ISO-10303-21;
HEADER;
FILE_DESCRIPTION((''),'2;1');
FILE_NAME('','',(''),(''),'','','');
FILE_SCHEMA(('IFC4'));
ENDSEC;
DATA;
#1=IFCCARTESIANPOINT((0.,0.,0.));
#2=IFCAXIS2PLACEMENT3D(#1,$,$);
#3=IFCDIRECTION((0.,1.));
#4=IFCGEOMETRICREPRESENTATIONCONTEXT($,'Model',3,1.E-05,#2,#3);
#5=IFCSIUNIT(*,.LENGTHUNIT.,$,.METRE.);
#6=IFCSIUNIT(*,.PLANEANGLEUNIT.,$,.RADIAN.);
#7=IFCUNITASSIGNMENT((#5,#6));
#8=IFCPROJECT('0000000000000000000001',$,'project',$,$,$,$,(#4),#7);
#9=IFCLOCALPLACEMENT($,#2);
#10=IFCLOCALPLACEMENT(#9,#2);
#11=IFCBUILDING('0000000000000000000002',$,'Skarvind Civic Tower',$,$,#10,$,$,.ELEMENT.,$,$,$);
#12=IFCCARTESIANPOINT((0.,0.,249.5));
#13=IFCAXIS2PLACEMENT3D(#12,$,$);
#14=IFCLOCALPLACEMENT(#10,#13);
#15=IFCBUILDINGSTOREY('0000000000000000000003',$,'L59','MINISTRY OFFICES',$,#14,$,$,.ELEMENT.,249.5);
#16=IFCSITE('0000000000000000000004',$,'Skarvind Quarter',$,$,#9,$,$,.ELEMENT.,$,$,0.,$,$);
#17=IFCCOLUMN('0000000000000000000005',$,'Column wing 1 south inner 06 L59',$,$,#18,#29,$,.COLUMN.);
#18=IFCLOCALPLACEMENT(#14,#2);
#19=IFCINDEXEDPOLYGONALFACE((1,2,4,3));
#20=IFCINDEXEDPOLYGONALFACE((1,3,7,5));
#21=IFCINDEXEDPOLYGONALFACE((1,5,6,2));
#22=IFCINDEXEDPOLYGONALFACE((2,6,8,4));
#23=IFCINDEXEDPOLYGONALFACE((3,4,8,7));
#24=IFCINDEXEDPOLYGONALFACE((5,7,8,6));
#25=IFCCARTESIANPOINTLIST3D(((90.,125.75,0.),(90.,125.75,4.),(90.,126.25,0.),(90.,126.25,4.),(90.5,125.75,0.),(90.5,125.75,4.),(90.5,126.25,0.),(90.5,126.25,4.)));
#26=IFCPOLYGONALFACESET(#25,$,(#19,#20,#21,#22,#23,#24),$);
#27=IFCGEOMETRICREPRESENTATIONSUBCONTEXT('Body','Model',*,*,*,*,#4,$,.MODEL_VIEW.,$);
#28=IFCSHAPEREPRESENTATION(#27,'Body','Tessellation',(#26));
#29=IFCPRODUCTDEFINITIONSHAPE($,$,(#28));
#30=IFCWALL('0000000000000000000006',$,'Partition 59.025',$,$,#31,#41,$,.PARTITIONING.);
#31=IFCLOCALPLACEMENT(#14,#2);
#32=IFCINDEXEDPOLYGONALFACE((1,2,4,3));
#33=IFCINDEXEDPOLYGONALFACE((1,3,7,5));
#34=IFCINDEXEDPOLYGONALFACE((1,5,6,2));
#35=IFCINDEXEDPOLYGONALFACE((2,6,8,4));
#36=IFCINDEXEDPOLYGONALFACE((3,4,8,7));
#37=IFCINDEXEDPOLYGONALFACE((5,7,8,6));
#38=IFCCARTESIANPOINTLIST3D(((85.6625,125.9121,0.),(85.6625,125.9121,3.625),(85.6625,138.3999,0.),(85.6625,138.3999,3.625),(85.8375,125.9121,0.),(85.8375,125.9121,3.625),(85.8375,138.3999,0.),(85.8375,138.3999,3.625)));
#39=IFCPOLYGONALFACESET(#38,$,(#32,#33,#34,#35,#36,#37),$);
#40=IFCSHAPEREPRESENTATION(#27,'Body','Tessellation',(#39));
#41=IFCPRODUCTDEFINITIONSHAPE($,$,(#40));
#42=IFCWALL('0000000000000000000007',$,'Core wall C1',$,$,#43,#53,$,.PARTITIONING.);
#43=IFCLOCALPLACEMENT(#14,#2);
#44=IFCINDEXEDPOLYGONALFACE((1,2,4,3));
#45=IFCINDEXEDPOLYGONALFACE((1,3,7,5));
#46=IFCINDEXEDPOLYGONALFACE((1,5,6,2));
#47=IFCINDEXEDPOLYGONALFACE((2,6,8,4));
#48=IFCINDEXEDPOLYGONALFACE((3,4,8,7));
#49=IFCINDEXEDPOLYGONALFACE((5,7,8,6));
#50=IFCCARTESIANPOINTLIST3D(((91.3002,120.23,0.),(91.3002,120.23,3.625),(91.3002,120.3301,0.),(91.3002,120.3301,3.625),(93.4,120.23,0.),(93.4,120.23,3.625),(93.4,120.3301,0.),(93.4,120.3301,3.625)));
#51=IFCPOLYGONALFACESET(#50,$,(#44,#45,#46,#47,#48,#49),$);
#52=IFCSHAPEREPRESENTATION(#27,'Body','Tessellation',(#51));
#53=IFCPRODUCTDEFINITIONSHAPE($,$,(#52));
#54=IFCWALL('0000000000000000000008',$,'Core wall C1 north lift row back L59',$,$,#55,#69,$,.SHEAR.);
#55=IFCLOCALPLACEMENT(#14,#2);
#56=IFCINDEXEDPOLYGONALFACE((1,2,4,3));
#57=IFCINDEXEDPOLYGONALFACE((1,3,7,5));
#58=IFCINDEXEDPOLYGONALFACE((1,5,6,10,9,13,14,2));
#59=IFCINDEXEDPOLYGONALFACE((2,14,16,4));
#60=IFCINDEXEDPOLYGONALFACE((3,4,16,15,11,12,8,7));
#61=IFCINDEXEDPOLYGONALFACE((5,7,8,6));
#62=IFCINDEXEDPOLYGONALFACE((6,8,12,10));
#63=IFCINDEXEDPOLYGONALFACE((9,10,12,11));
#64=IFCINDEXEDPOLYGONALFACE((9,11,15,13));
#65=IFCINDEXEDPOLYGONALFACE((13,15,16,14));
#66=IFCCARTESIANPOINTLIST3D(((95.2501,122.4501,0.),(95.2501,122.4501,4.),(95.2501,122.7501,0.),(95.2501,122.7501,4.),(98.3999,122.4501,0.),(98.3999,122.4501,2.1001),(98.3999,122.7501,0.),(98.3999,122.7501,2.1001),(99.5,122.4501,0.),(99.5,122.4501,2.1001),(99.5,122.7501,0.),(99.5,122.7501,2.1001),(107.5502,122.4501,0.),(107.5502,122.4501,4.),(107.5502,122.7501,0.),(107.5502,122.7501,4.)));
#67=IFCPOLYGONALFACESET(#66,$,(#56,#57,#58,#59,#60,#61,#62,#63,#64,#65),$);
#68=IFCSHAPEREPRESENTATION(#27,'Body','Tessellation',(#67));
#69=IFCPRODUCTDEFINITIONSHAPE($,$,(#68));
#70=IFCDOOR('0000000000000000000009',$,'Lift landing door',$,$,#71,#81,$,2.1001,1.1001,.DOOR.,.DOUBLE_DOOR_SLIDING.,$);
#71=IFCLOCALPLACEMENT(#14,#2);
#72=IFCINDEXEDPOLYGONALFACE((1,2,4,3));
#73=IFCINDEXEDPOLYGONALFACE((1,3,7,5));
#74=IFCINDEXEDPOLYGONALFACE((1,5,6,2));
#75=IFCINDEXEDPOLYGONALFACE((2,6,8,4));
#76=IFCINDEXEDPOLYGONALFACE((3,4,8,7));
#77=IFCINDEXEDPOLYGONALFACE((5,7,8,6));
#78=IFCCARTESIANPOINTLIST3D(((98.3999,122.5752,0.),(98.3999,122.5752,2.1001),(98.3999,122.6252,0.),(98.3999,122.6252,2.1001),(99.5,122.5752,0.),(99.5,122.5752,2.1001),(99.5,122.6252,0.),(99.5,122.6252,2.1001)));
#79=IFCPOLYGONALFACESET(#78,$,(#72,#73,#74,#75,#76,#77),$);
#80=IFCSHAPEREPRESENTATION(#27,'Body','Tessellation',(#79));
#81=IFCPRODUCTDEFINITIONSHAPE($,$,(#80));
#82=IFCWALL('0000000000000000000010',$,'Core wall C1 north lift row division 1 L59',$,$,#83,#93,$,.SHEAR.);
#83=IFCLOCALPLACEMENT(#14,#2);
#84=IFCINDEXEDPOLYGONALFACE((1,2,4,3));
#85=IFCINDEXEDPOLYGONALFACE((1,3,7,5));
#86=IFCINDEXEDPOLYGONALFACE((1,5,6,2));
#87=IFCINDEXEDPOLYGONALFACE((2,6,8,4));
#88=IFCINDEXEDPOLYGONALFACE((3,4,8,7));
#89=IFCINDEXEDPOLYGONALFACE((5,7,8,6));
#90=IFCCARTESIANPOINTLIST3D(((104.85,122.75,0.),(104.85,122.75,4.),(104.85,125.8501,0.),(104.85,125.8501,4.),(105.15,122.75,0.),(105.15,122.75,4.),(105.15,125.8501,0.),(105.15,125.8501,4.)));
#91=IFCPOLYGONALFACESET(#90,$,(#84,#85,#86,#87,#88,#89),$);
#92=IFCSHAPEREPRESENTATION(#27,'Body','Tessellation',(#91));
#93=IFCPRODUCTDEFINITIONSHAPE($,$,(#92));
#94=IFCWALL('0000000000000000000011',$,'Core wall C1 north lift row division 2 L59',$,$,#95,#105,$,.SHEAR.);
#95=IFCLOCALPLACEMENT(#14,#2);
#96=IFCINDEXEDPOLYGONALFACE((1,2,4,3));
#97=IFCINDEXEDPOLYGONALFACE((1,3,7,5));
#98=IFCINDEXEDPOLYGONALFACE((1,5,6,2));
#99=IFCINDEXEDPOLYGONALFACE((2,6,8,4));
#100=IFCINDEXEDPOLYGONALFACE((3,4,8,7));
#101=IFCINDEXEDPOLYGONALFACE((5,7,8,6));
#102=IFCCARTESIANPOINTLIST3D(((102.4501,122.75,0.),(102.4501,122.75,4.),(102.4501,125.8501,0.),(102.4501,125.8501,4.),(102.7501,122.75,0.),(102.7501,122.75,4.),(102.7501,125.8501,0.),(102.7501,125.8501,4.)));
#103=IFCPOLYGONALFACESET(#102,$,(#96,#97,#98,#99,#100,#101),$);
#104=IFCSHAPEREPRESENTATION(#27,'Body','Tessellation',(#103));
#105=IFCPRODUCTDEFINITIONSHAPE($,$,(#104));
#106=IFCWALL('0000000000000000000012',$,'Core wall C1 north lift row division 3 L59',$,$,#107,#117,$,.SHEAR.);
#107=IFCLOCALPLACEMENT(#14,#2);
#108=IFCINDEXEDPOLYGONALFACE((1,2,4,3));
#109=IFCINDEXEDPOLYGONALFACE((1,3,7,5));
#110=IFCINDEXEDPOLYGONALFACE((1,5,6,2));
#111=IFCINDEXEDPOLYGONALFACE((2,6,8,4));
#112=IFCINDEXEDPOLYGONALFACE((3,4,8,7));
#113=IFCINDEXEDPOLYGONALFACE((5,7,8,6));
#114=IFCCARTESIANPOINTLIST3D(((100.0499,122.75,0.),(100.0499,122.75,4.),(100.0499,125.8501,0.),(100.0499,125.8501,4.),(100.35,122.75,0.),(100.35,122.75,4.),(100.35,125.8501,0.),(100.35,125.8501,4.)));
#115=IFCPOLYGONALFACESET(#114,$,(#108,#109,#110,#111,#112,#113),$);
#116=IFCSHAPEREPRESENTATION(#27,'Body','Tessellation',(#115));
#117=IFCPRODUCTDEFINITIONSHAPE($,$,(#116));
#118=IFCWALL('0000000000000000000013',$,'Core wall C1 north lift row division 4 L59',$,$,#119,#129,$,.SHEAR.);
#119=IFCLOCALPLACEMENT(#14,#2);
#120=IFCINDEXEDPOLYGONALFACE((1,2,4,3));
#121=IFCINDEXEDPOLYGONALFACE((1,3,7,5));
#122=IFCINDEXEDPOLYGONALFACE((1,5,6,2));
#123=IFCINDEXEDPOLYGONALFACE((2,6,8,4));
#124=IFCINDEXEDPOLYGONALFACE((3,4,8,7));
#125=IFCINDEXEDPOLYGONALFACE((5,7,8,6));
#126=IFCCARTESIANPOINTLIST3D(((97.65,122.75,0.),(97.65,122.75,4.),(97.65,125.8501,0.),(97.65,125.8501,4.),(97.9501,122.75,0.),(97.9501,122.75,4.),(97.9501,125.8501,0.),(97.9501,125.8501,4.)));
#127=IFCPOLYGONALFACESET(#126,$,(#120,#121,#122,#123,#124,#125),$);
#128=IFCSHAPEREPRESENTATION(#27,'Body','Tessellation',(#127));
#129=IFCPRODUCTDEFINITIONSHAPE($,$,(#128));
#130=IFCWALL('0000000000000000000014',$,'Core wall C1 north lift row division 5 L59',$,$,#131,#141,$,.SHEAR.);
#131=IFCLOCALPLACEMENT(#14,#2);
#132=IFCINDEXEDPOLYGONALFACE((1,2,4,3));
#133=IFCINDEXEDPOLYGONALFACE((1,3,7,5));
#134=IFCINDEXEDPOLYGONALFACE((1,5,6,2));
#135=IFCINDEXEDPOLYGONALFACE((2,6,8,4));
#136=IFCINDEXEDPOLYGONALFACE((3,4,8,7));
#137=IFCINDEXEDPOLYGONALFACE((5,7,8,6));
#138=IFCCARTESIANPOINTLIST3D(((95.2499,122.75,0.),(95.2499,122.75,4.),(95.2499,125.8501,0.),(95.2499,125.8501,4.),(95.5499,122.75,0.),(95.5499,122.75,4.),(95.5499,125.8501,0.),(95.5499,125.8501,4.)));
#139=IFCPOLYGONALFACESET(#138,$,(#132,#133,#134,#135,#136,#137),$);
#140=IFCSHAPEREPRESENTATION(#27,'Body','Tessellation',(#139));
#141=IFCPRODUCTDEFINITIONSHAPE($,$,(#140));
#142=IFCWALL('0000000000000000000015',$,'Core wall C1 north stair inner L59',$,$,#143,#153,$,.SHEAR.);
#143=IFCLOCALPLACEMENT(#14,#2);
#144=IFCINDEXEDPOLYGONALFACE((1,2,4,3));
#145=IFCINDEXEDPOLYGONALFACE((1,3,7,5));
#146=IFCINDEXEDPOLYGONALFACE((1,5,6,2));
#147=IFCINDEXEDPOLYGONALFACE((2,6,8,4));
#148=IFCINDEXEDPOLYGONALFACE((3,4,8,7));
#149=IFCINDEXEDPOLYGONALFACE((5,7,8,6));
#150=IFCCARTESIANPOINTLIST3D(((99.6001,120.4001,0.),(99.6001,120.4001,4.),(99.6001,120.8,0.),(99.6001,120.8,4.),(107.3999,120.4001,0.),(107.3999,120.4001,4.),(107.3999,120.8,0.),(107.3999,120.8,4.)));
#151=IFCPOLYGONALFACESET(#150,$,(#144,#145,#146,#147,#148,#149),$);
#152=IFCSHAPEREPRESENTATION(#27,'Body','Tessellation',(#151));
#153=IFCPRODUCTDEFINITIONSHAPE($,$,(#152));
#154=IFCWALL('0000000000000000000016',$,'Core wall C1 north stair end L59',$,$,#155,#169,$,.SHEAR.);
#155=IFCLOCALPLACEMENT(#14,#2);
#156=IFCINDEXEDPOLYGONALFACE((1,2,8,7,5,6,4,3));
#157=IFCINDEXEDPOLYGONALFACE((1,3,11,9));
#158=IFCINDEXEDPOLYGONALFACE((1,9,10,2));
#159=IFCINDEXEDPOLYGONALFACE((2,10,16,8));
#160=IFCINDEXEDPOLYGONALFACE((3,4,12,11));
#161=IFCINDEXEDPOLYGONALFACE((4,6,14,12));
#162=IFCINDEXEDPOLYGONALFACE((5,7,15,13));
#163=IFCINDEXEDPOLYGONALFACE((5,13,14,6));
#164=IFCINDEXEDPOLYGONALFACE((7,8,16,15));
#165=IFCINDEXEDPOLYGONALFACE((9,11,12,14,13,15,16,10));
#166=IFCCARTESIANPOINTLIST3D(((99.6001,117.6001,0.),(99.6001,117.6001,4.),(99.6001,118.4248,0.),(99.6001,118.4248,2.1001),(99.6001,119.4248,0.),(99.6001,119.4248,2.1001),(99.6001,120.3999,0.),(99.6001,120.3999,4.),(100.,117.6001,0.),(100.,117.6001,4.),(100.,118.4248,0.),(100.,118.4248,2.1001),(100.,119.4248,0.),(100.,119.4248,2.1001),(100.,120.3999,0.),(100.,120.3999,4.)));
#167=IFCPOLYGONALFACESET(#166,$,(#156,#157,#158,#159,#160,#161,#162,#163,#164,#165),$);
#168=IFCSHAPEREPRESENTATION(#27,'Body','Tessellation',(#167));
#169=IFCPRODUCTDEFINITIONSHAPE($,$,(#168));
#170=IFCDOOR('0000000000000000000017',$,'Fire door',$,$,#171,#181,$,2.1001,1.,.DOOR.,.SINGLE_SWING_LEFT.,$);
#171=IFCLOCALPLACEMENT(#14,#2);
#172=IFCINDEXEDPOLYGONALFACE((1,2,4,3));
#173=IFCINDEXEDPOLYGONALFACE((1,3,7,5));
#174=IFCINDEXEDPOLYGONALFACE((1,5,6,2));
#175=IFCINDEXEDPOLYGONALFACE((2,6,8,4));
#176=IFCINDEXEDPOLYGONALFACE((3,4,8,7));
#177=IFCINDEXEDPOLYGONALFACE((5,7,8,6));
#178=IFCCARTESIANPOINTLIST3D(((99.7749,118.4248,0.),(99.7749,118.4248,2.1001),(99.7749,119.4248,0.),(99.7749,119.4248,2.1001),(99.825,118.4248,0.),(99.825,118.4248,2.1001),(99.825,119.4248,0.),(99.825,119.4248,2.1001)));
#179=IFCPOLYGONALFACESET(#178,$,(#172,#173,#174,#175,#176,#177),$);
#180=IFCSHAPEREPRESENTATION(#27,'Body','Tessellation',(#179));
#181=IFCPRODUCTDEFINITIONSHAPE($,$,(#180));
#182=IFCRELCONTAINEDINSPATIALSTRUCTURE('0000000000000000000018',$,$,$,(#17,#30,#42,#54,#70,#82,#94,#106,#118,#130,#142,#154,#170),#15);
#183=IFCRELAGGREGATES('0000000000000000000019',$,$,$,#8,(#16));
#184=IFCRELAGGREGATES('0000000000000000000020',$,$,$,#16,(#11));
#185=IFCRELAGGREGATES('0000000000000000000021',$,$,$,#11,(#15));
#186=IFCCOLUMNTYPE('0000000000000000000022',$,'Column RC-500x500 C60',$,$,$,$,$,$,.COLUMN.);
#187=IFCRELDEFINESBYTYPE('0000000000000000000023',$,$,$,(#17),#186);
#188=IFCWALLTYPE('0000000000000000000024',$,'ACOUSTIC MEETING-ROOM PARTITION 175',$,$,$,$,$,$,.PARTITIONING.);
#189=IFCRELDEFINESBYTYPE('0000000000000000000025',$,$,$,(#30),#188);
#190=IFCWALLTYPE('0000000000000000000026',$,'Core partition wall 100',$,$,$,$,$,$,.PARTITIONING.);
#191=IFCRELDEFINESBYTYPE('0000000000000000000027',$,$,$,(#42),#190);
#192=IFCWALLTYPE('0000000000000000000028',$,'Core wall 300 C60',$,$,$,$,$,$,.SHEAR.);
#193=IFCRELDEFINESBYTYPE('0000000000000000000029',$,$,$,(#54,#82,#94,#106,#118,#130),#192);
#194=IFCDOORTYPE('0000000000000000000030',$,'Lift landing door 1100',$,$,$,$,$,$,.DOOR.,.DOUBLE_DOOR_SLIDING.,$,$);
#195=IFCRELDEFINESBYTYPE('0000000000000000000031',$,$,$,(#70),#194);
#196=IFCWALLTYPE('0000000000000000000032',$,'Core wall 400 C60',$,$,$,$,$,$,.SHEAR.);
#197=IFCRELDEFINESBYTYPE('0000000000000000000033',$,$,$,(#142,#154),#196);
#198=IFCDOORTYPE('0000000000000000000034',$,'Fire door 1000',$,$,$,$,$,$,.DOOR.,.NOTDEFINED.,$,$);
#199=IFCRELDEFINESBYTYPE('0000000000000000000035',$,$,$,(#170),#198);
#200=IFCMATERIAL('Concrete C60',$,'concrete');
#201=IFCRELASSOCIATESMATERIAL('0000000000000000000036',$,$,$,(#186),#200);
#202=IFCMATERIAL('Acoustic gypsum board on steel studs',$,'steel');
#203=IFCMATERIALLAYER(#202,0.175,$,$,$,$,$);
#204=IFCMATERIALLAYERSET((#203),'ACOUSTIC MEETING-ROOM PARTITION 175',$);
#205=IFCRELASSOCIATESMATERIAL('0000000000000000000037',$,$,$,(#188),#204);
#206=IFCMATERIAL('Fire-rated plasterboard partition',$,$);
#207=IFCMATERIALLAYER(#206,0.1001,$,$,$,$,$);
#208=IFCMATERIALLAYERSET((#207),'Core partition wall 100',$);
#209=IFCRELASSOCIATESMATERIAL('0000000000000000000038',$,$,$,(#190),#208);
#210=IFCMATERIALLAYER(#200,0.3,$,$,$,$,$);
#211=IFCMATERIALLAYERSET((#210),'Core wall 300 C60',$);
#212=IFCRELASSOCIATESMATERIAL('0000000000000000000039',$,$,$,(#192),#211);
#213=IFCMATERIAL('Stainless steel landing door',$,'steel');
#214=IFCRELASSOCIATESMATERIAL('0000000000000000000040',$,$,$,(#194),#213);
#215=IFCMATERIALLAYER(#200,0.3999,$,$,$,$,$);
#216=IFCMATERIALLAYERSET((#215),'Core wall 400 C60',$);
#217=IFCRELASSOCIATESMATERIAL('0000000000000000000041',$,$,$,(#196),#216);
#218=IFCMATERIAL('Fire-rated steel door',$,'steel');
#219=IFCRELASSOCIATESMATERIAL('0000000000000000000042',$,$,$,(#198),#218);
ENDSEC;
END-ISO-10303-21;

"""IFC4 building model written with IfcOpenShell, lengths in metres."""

from ifc_helpers import new_model, si_unit, direction, frame, frame_2d, origin, origin_2d, place, context, subcontext, project, spatial, rectangle, extrude, material, layer, layer_set, material_profile, profile_set, type_object, element, fill, save


model = new_model("IFC4")

# Units and contexts
model_context = context("Model", 3, precision=1e-05, world=origin(), true_north=direction((0.0, 1.0)))
body_context = subcontext(model_context, "Body", "Model", "MODEL_VIEW")
ifc_project = project(units=[si_unit("LENGTHUNIT", "METRE"), si_unit("PLANEANGLEUNIT", "RADIAN")], contexts=[model_context])

# Site, building, storey
site_placement = place(None, origin())
site = spatial("IfcSite", under=ifc_project, at=site_placement, Name="Skarvind Quarter", CompositionType="ELEMENT", RefElevation=0.0)
building_placement = place(site_placement, origin())
building = spatial("IfcBuilding", under=site, at=building_placement, Name="Skarvind Civic Tower", CompositionType="ELEMENT")
storey_placement = place(building_placement, frame((0.0, 0.0, 249.5)))
storey = spatial("IfcBuildingStorey", under=building, at=storey_placement, Name="L59", Description="MINISTRY OFFICES", CompositionType="ELEMENT", Elevation=249.5)

# Column
ifc_material_1 = material(Name="Concrete C60", Category="concrete")
ifc_material_profile = material_profile(ifc_material_1, rectangle(XDim=0.5, YDim=0.5, at=origin_2d()), Name="RC-500x500")
ifc_profile_set = profile_set([ifc_material_profile], Name="Concrete C60")
column_type = type_object("IfcColumnType", Name="Column RC-500x500 C60", PredefinedType="COLUMN", material=ifc_profile_set)
column_placement = place(storey_placement, frame((90.25, 126.0, 0.0), z_axis=(0.0, 0.0, 1.0), x_axis=(1.0, 0.0, 0.0)))
element("IfcColumn", 1, at=column_placement, inside=storey, type_object=column_type, Name="Column wing 1 south inner 06 L59", PredefinedType="COLUMN", context=body_context, shape_type="SweptSolid", body=[
    extrude(rectangle(XDim=0.5, YDim=0.5, at=origin_2d()), origin(), (0.0, 0.0, 1.0), 4.0),
])

# Walls
ifc_material_2 = material(Name="Acoustic gypsum board on steel studs", Category="steel")
ifc_layer_1 = layer(ifc_material_2, 0.175)
ifc_layer_set_1 = layer_set([ifc_layer_1], Name="ACOUSTIC MEETING-ROOM PARTITION 175")
wall_type_1 = type_object("IfcWallType", Name="ACOUSTIC MEETING-ROOM PARTITION 175", PredefinedType="PARTITIONING", material=ifc_layer_set_1)
wall_1_placement = place(storey_placement, frame((85.75, 125.9121, 0.0), z_axis=(0.0, 0.0, 1.0), x_axis=(0.0, 1.0, 0.0)))
element("IfcWall", 2, at=wall_1_placement, inside=storey, type_object=wall_type_1, Name="Partition 59.025", PredefinedType="PARTITIONING", context=body_context, shape_type="SweptSolid", body=[
    extrude(rectangle(XDim=12.4878, YDim=0.175, at=frame_2d((6.2439, 0.0))), origin(), (0.0, 0.0, 1.0), 3.625),
])
ifc_material_3 = material(Name="Fire-rated plasterboard partition")
ifc_layer_2 = layer(ifc_material_3, 0.1001)
ifc_layer_set_2 = layer_set([ifc_layer_2], Name="Core partition wall 100")
wall_type_2 = type_object("IfcWallType", Name="Core partition wall 100", PredefinedType="PARTITIONING", material=ifc_layer_set_2)
wall_2_placement = place(storey_placement, frame((93.3999, 120.28, 0.0), z_axis=(0.0, 0.0, 1.0), x_axis=(-1.0, 0.0, 0.0)))
element("IfcWall", 3, at=wall_2_placement, inside=storey, type_object=wall_type_2, Name="Core wall C1", PredefinedType="PARTITIONING", context=body_context, shape_type="SweptSolid", body=[
    extrude(rectangle(XDim=2.0999, YDim=0.1001, at=frame_2d((1.0498, 0.0))), origin(), (0.0, 0.0, 1.0), 3.625),
])

# Wall, opening, door
ifc_layer_3 = layer(ifc_material_1, 0.3)
ifc_layer_set_3 = layer_set([ifc_layer_3], Name="Core wall 300 C60")
wall_type_3 = type_object("IfcWallType", Name="Core wall 300 C60", PredefinedType="SHEAR", material=ifc_layer_set_3)
wall_3_placement = place(storey_placement, frame((107.55, 122.6001, 0.0), z_axis=(0.0, 0.0, 1.0), x_axis=(-1.0, 0.0, 0.0)))
wall_3 = element("IfcWall", 4, at=wall_3_placement, inside=storey, type_object=wall_type_3, Name="Core wall C1 north lift row back L59", PredefinedType="SHEAR", context=body_context, shape_type="SweptSolid", body=[
    extrude(rectangle(XDim=12.3, YDim=0.3, at=frame_2d((6.1499, 0.0))), origin(), (0.0, 0.0, 1.0), 4.0),
])
opening_1_placement = place(wall_3_placement, frame((8.05, 0.0, 0.0)))
opening_1 = element("IfcOpeningElement", 5, at=opening_1_placement, cuts=wall_3, PredefinedType="OPENING", context=body_context, shape_type="SweptSolid", body=[
    extrude(rectangle(XDim=1.1001, YDim=2.1001, at=frame_2d((0.55, 1.05))), frame((0.0, 0.1599, 0.0), z_axis=(0.0, -1.0, 0.0), x_axis=(1.0, 0.0, 0.0)), (0.0, 0.0, 1.0), 0.3201),
])
ifc_material_4 = material(Name="Stainless steel landing door", Category="steel")
door_type_1 = type_object("IfcDoorType", Name="Lift landing door 1100", OperationType="DOUBLE_DOOR_SLIDING", PredefinedType="DOOR", material=ifc_material_4)
door_1_placement = place(opening_1_placement, origin())
door_1 = element("IfcDoor", 6, at=door_1_placement, inside=storey, type_object=door_type_1, Name="Lift landing door", OperationType="DOUBLE_DOOR_SLIDING", OverallHeight=2.1001, OverallWidth=1.1001, PredefinedType="DOOR", context=body_context, shape_type="SweptSolid", body=[
    extrude(rectangle(XDim=1.1001, YDim=2.1001, at=frame_2d((0.55, 1.05))), frame((0.0, 0.0249, 0.0), z_axis=(0.0, -1.0, 0.0), x_axis=(1.0, 0.0, 0.0)), (0.0, 0.0, 1.0), 0.05),
])
fill(opening_1, door_1)

# Walls
for number, where, z_axis, x_axis, name in (
    (7, (105.0, 125.8501, 0.0), (0.0, 0.0, 1.0), (0.0, -1.0, 0.0), "Core wall C1 north lift row division 1 L59"),
    (8, (102.6001, 125.8501, 0.0), (0.0, 0.0, 1.0), (0.0, -1.0, 0.0), "Core wall C1 north lift row division 2 L59"),
    (9, (100.2, 125.8501, 0.0), (0.0, 0.0, 1.0), (0.0, -1.0, 0.0), "Core wall C1 north lift row division 3 L59"),
    (10, (97.8, 125.8501, 0.0), (0.0, 0.0, 1.0), (0.0, -1.0, 0.0), "Core wall C1 north lift row division 4 L59"),
    (11, (95.3999, 125.8501, 0.0), (0.0, 0.0, 1.0), (0.0, -1.0, 0.0), "Core wall C1 north lift row division 5 L59"),
):
    element("IfcWall", number, at=place(storey_placement, frame(where, z_axis=z_axis, x_axis=x_axis)), inside=storey, type_object=wall_type_3, Name=name, PredefinedType="SHEAR", context=body_context, shape_type="SweptSolid", body=[
        extrude(rectangle(XDim=3.1001, YDim=0.3, at=frame_2d((1.55, 0.0))), origin(), (0.0, 0.0, 1.0), 4.0),
    ])
ifc_layer_4 = layer(ifc_material_1, 0.3999)
ifc_layer_set_4 = layer_set([ifc_layer_4], Name="Core wall 400 C60")
wall_type_4 = type_object("IfcWallType", Name="Core wall 400 C60", PredefinedType="SHEAR", material=ifc_layer_set_4)
wall_4_placement = place(storey_placement, frame((107.3999, 120.6001, 0.0), z_axis=(0.0, 0.0, 1.0), x_axis=(-1.0, 0.0, 0.0)))
element("IfcWall", 12, at=wall_4_placement, inside=storey, type_object=wall_type_4, Name="Core wall C1 north stair inner L59", PredefinedType="SHEAR", context=body_context, shape_type="SweptSolid", body=[
    extrude(rectangle(XDim=7.7998, YDim=0.3999, at=frame_2d((3.8999, 0.0))), origin(), (0.0, 0.0, 1.0), 4.0),
])

# Wall, opening, door
wall_5_placement = place(storey_placement, frame((99.8, 120.3999, 0.0), z_axis=(0.0, 0.0, 1.0), x_axis=(0.0, -1.0, 0.0)))
wall_5 = element("IfcWall", 13, at=wall_5_placement, inside=storey, type_object=wall_type_4, Name="Core wall C1 north stair end L59", PredefinedType="SHEAR", context=body_context, shape_type="SweptSolid", body=[
    extrude(rectangle(XDim=2.7998, YDim=0.3999, at=frame_2d((1.3999, 0.0))), origin(), (0.0, 0.0, 1.0), 4.0),
])
opening_2_placement = place(wall_5_placement, frame((0.9751, 0.0, 0.0)))
opening_2 = element("IfcOpeningElement", 14, at=opening_2_placement, cuts=wall_5, PredefinedType="OPENING", context=body_context, shape_type="SweptSolid", body=[
    extrude(rectangle(XDim=1.0, YDim=2.1001, at=frame_2d((0.5, 1.05))), frame((0.0, 0.21, 0.0), z_axis=(0.0, -1.0, 0.0), x_axis=(1.0, 0.0, 0.0)), (0.0, 0.0, 1.0), 0.4199),
])
ifc_material_5 = material(Name="Fire-rated steel door", Category="steel")
door_type_2 = type_object("IfcDoorType", Name="Fire door 1000", OperationType="NOTDEFINED", PredefinedType="DOOR", material=ifc_material_5)
door_2_placement = place(opening_2_placement, origin())
door_2 = element("IfcDoor", 15, at=door_2_placement, inside=storey, type_object=door_type_2, Name="Fire door", OperationType="SINGLE_SWING_LEFT", OverallHeight=2.1001, OverallWidth=1.0, PredefinedType="DOOR", context=body_context, shape_type="SweptSolid", body=[
    extrude(rectangle(XDim=1.0, YDim=2.1001, at=frame_2d((0.5, 1.05))), frame((0.0, 0.0249, 0.0), z_axis=(0.0, -1.0, 0.0), x_axis=(1.0, 0.0, 0.0)), (0.0, 0.0, 1.0), 0.05),
])
fill(opening_2, door_2)

save(model, "model.ifc")
